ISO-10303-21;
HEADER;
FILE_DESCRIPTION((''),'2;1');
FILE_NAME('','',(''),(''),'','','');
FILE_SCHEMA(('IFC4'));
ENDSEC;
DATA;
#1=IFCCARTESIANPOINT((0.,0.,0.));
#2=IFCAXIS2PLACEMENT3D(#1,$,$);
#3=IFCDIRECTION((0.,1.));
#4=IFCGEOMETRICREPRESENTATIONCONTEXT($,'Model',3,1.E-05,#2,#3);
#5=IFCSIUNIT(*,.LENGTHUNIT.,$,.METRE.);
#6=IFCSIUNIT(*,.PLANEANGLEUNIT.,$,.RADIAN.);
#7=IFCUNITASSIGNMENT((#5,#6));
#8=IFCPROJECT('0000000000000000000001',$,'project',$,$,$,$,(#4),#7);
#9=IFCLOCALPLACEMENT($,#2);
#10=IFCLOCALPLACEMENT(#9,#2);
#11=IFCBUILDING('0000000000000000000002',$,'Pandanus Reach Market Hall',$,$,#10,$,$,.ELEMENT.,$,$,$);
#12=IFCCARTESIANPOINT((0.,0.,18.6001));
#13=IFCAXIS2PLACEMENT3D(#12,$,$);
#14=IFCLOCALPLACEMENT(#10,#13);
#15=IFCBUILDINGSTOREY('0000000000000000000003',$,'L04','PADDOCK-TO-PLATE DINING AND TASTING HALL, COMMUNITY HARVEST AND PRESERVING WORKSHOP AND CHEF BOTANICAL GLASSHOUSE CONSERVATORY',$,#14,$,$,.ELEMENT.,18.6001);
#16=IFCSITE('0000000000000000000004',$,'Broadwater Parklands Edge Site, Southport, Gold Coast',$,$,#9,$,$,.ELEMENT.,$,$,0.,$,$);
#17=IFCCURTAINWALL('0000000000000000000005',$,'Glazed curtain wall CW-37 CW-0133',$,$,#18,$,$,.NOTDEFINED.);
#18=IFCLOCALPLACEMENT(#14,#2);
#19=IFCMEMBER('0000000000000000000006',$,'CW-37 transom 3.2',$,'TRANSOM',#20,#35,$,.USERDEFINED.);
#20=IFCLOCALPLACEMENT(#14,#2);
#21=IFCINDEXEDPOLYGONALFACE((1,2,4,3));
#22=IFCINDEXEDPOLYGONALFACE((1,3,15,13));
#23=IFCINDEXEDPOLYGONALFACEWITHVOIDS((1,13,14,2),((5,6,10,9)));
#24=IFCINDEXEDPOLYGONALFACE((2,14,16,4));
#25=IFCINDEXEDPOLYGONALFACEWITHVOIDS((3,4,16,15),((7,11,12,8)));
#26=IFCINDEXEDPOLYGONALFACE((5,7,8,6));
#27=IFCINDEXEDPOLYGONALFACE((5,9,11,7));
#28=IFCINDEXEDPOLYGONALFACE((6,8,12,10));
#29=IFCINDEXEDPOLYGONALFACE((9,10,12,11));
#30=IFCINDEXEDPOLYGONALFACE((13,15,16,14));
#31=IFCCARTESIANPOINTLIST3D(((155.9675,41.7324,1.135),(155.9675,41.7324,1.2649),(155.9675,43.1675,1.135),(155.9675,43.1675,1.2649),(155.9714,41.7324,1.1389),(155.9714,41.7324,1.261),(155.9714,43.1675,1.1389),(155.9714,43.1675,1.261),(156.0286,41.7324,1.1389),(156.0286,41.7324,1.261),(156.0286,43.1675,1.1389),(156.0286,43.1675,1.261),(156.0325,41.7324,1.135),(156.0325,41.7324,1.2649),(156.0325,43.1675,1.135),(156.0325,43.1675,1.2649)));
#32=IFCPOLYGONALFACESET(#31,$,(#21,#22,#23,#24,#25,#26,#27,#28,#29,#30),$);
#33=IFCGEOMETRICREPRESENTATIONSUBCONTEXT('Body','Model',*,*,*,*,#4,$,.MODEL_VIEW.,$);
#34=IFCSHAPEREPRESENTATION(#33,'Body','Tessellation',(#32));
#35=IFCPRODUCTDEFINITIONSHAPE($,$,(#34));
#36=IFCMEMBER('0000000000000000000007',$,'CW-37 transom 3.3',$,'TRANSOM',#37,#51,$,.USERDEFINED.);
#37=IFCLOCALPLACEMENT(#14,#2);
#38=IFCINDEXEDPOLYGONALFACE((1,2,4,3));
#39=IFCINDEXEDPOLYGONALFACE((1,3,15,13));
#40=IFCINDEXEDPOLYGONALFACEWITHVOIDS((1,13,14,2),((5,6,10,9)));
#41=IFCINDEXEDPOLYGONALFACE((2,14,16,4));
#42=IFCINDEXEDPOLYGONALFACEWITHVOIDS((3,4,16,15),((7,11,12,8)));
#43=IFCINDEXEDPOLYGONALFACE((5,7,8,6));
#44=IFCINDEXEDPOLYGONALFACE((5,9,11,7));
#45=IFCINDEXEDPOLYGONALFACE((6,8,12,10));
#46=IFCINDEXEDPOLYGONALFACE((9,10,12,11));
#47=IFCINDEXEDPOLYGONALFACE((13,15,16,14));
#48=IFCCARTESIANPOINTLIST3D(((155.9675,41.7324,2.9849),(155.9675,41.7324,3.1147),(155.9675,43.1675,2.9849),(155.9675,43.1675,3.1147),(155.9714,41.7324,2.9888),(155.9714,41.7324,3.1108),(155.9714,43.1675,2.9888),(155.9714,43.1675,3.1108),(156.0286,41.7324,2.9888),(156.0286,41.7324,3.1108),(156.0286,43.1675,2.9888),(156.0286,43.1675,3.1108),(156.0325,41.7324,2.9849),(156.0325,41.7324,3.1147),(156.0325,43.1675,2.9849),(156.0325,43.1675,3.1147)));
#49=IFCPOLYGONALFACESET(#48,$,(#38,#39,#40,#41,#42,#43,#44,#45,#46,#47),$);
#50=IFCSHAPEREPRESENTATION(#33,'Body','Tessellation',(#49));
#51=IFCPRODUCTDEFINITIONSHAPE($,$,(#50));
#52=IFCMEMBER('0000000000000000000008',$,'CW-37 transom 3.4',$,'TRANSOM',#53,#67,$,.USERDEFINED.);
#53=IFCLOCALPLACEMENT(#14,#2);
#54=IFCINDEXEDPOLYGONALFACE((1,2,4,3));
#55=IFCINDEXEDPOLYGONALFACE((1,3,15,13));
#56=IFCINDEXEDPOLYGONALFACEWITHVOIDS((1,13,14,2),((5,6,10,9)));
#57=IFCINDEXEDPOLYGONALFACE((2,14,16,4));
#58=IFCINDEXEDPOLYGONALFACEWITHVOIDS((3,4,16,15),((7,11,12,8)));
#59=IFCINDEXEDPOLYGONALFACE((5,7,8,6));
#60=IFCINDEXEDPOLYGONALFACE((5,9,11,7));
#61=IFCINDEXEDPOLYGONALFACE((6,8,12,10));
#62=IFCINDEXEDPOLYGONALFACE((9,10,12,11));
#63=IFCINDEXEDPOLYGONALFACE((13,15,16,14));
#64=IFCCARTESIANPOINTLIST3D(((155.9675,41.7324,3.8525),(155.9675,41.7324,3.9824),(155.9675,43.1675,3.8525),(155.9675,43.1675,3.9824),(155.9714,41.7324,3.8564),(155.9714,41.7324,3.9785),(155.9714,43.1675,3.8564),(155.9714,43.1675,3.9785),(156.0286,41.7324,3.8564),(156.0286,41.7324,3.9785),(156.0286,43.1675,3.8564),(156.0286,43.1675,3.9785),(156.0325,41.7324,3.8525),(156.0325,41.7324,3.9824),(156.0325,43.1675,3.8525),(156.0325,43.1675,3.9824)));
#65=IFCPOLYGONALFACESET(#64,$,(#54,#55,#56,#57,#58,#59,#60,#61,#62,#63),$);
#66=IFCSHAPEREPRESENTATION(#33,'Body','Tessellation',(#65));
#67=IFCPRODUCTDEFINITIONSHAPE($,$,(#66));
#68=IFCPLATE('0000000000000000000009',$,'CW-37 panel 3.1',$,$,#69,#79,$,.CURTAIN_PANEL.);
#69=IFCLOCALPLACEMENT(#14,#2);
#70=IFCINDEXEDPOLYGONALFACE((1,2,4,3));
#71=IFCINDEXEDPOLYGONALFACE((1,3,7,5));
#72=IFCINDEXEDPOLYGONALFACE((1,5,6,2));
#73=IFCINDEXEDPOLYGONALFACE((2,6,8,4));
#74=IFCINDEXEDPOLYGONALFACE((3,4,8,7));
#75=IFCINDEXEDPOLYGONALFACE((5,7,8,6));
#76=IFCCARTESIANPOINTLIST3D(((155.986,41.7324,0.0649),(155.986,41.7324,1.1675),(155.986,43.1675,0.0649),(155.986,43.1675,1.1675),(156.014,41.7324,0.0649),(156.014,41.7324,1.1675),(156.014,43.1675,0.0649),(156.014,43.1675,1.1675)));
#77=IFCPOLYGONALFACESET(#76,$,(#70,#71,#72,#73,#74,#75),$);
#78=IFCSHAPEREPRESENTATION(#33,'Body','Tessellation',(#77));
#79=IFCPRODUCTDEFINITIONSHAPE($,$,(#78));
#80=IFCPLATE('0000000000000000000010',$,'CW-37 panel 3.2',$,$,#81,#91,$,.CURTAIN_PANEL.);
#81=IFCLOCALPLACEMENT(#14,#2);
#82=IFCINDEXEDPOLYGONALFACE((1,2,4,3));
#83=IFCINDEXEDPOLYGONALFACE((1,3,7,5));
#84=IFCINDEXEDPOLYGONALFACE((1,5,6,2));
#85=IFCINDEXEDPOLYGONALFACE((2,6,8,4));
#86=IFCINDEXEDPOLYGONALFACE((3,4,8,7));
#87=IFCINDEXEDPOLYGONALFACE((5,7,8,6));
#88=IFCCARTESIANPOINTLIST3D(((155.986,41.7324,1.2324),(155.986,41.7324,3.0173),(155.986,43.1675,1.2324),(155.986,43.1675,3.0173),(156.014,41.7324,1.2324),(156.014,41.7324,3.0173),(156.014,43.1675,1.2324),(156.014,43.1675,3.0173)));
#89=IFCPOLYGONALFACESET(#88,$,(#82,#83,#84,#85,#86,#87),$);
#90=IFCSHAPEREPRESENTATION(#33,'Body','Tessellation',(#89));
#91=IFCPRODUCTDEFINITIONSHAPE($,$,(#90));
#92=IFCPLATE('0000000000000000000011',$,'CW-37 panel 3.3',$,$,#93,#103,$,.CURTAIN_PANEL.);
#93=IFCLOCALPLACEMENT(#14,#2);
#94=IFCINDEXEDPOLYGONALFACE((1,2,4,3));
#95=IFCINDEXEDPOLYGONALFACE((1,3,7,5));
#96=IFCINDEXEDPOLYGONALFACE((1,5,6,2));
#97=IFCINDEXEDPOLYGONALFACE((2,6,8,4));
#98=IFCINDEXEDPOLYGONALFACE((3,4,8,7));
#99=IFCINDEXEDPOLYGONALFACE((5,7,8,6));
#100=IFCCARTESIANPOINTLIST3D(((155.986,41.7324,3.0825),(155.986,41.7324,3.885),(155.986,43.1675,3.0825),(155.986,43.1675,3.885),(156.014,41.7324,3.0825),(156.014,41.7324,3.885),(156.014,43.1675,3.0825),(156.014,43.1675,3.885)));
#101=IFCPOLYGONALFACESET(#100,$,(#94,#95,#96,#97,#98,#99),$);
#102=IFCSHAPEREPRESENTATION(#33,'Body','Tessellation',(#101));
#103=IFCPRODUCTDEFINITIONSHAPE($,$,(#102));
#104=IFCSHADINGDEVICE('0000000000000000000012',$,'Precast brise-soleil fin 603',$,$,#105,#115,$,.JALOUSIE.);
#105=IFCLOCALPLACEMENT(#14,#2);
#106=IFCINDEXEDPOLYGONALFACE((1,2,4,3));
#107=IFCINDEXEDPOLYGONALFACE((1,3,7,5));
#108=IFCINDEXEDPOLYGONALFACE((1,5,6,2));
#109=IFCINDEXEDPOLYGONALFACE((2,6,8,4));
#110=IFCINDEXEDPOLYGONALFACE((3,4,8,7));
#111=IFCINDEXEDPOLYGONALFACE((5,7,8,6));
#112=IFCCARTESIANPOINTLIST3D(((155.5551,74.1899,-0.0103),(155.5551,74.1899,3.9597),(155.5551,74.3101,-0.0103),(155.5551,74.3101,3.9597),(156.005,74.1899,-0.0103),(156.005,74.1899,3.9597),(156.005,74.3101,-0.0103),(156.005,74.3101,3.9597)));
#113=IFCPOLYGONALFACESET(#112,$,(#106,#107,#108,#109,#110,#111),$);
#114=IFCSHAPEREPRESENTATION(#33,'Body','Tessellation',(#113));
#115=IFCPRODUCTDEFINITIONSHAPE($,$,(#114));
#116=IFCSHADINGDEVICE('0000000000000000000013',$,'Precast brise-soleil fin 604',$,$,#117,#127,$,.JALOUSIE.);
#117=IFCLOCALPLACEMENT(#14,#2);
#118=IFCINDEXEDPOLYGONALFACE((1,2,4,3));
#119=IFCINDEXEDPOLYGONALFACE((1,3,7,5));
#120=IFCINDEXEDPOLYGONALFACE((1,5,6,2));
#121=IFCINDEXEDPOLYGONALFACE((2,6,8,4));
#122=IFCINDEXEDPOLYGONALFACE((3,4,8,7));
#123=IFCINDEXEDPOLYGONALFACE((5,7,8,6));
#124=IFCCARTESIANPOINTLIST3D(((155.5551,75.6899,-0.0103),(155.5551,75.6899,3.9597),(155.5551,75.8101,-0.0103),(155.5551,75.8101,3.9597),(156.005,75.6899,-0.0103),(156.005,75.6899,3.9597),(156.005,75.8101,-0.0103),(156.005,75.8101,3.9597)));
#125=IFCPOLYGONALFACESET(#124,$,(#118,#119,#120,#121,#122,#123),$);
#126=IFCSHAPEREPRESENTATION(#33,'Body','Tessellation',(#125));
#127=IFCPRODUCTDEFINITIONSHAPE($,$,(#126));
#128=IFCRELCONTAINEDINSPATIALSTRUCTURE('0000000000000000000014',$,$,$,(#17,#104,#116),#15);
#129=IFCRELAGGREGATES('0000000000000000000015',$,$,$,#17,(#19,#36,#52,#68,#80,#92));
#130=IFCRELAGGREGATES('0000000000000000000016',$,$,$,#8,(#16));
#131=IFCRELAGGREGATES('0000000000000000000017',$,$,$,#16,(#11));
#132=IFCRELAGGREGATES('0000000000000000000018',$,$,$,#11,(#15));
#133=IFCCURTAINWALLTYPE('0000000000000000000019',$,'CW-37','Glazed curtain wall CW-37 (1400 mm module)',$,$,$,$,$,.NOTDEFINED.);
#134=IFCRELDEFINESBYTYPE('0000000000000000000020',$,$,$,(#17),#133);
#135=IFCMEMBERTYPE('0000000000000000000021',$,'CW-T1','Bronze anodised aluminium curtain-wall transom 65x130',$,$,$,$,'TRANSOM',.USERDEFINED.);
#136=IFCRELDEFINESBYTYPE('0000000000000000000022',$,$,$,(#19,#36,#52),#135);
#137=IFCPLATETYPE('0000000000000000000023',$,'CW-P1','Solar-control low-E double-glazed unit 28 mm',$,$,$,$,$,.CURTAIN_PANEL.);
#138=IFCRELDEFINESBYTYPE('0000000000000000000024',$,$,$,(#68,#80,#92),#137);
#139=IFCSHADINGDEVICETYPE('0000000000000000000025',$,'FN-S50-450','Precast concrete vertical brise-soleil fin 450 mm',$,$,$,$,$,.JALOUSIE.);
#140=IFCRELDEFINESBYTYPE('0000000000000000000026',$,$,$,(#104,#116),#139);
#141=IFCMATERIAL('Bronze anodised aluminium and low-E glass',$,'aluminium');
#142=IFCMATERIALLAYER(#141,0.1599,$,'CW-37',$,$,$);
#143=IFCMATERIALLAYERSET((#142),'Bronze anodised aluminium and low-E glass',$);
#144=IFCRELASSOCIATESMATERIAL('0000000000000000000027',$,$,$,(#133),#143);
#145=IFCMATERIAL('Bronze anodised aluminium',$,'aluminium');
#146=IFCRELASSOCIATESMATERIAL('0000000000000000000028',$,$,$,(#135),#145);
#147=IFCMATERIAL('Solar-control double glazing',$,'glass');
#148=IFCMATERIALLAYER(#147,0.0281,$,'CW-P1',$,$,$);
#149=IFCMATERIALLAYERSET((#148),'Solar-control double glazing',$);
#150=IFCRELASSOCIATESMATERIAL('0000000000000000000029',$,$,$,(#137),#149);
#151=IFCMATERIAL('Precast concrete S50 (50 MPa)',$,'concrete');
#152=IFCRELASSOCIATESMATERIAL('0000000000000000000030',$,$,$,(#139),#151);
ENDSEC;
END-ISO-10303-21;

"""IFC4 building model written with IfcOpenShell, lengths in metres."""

from ifc_helpers import new_model, si_unit, direction, frame, origin, origin_2d, place, context, subcontext, project, spatial, rectangle, hollow_rectangle, extrude, material, layer, layer_set, material_profile, profile_set, type_object, element, aggregate, save


model = new_model("IFC4")

# Units and contexts
model_context = context("Model", 3, precision=1e-05, world=origin(), true_north=direction((0.0, 1.0)))
body_context = subcontext(model_context, "Body", "Model", "MODEL_VIEW")
ifc_project = project(units=[si_unit("LENGTHUNIT", "METRE"), si_unit("PLANEANGLEUNIT", "RADIAN")], contexts=[model_context])

# Site, building, storey
site_placement = place(None, origin())
site = spatial("IfcSite", under=ifc_project, at=site_placement, Name="Broadwater Parklands Edge Site, Southport, Gold Coast", CompositionType="ELEMENT", RefElevation=0.0)
building_placement = place(site_placement, origin())
building = spatial("IfcBuilding", under=site, at=building_placement, Name="Pandanus Reach Market Hall", CompositionType="ELEMENT")
storey_placement = place(building_placement, frame((0.0, 0.0, 18.6001)))
storey = spatial("IfcBuildingStorey", under=building, at=storey_placement, Name="L04", Description="PADDOCK-TO-PLATE DINING AND TASTING HALL, COMMUNITY HARVEST AND PRESERVING WORKSHOP AND CHEF BOTANICAL GLASSHOUSE CONSERVATORY", CompositionType="ELEMENT", Elevation=18.6001)

# Curtain wall, members, plates
ifc_material_1 = material(Name="Bronze anodised aluminium and low-E glass", Category="aluminium")
ifc_layer_1 = layer(ifc_material_1, 0.1599, Name="CW-37")
ifc_layer_set_1 = layer_set([ifc_layer_1], Name="Bronze anodised aluminium and low-E glass")
curtain_wall_type = type_object("IfcCurtainWallType", Name="CW-37", Description="Glazed curtain wall CW-37 (1400 mm module)", PredefinedType="NOTDEFINED", material=ifc_layer_set_1)
curtain_wall_placement = place(storey_placement, origin())
curtain_wall = element("IfcCurtainWall", 1, at=curtain_wall_placement, inside=storey, type_object=curtain_wall_type, Name="Glazed curtain wall CW-37 CW-0133", PredefinedType="NOTDEFINED")
ifc_material_2 = material(Name="Bronze anodised aluminium", Category="aluminium")
ifc_material_profile_1 = material_profile(ifc_material_2, hollow_rectangle(XDim=0.0649, YDim=0.1299, WallThickness=0.0039, at=origin_2d()), Name="ALU65x130", Category="LoadBearing")
ifc_profile_set_1 = profile_set([ifc_material_profile_1], Name="Bronze anodised aluminium")
member_type_1 = type_object("IfcMemberType", Name="CW-T1", Description="Bronze anodised aluminium curtain-wall transom 65x130", ElementType="TRANSOM", PredefinedType="USERDEFINED", material=ifc_profile_set_1)
member_1_placement = place(storey_placement, frame((156.0, 41.7324, 1.2), z_axis=(0.0, 1.0, 0.0), x_axis=(-1.0, 0.0, 0.0)))
member_1 = element("IfcMember", 2, at=member_1_placement, type_object=member_type_1, Name="CW-37 transom 3.2", ObjectType="TRANSOM", PredefinedType="USERDEFINED", context=body_context, shape_type="SweptSolid", body=[
    extrude(hollow_rectangle(XDim=0.0649, YDim=0.1299, WallThickness=0.0039, at=origin_2d()), origin(), (0.0, 0.0, 1.0), 1.4351),
])
member_2_placement = place(storey_placement, frame((156.0, 41.7324, 3.0498), z_axis=(0.0, 1.0, 0.0), x_axis=(-1.0, 0.0, 0.0)))
member_2 = element("IfcMember", 3, at=member_2_placement, type_object=member_type_1, Name="CW-37 transom 3.3", ObjectType="TRANSOM", PredefinedType="USERDEFINED", context=body_context, shape_type="SweptSolid", body=[
    extrude(hollow_rectangle(XDim=0.0649, YDim=0.1299, WallThickness=0.0039, at=origin_2d()), origin(), (0.0, 0.0, 1.0), 1.4351),
])
member_3_placement = place(storey_placement, frame((156.0, 41.7324, 3.9175), z_axis=(0.0, 1.0, 0.0), x_axis=(-1.0, 0.0, 0.0)))
member_3 = element("IfcMember", 4, at=member_3_placement, type_object=member_type_1, Name="CW-37 transom 3.4", ObjectType="TRANSOM", PredefinedType="USERDEFINED", context=body_context, shape_type="SweptSolid", body=[
    extrude(hollow_rectangle(XDim=0.0649, YDim=0.1299, WallThickness=0.0039, at=origin_2d()), origin(), (0.0, 0.0, 1.0), 1.4351),
])
ifc_material_3 = material(Name="Solar-control double glazing", Category="glass")
ifc_layer_2 = layer(ifc_material_3, 0.0281, Name="CW-P1")
ifc_layer_set_2 = layer_set([ifc_layer_2], Name="Solar-control double glazing")
plate_type = type_object("IfcPlateType", Name="CW-P1", Description="Solar-control low-E double-glazed unit 28 mm", PredefinedType="CURTAIN_PANEL", material=ifc_layer_set_2)
plate_1_placement = place(storey_placement, frame((156.0, 42.45, 0.0649), z_axis=(0.0, 0.0, 1.0), x_axis=(0.0, 1.0, 0.0)))
plate_1 = element("IfcPlate", 5, at=plate_1_placement, type_object=plate_type, Name="CW-37 panel 3.1", PredefinedType="CURTAIN_PANEL", context=body_context, shape_type="SweptSolid", body=[
    extrude(rectangle(XDim=1.4351, YDim=0.0281, at=origin_2d()), origin(), (0.0, 0.0, 1.0), 1.1025),
])
plate_2_placement = place(storey_placement, frame((156.0, 42.45, 1.2324), z_axis=(0.0, 0.0, 1.0), x_axis=(0.0, 1.0, 0.0)))
plate_2 = element("IfcPlate", 6, at=plate_2_placement, type_object=plate_type, Name="CW-37 panel 3.2", PredefinedType="CURTAIN_PANEL", context=body_context, shape_type="SweptSolid", body=[
    extrude(rectangle(XDim=1.4351, YDim=0.0281, at=origin_2d()), origin(), (0.0, 0.0, 1.0), 1.7849),
])
plate_3_placement = place(storey_placement, frame((156.0, 42.45, 3.0825), z_axis=(0.0, 0.0, 1.0), x_axis=(0.0, 1.0, 0.0)))
plate_3 = element("IfcPlate", 7, at=plate_3_placement, type_object=plate_type, Name="CW-37 panel 3.3", PredefinedType="CURTAIN_PANEL", context=body_context, shape_type="SweptSolid", body=[
    extrude(rectangle(XDim=1.4351, YDim=0.0281, at=origin_2d()), origin(), (0.0, 0.0, 1.0), 0.8025),
])
aggregate(curtain_wall, [member_1, member_2, member_3, plate_1, plate_2, plate_3])

# Shading devices
ifc_material_4 = material(Name="Precast concrete S50 (50 MPa)", Category="concrete")
shading_device_type = type_object("IfcShadingDeviceType", Name="FN-S50-450", Description="Precast concrete vertical brise-soleil fin 450 mm", PredefinedType="JALOUSIE", material=ifc_material_4)
for number, where, z_axis, x_axis, name in (
    (8, (155.78, 74.25, -0.0103), (0.0, 0.0, 1.0), (-1.0, 0.0, 0.0), "Precast brise-soleil fin 603"),
    (9, (155.78, 75.75, -0.0103), (0.0, 0.0, 1.0), (-1.0, 0.0, 0.0), "Precast brise-soleil fin 604"),
):
    element("IfcShadingDevice", number, at=place(storey_placement, frame(where, z_axis=z_axis, x_axis=x_axis)), inside=storey, type_object=shading_device_type, Name=name, PredefinedType="JALOUSIE", context=body_context, shape_type="SweptSolid", body=[
        extrude(rectangle(XDim=0.45, YDim=0.1201, at=origin_2d()), origin(), (0.0, 0.0, 1.0), 3.97),
    ])

save(model, "model.ifc")
